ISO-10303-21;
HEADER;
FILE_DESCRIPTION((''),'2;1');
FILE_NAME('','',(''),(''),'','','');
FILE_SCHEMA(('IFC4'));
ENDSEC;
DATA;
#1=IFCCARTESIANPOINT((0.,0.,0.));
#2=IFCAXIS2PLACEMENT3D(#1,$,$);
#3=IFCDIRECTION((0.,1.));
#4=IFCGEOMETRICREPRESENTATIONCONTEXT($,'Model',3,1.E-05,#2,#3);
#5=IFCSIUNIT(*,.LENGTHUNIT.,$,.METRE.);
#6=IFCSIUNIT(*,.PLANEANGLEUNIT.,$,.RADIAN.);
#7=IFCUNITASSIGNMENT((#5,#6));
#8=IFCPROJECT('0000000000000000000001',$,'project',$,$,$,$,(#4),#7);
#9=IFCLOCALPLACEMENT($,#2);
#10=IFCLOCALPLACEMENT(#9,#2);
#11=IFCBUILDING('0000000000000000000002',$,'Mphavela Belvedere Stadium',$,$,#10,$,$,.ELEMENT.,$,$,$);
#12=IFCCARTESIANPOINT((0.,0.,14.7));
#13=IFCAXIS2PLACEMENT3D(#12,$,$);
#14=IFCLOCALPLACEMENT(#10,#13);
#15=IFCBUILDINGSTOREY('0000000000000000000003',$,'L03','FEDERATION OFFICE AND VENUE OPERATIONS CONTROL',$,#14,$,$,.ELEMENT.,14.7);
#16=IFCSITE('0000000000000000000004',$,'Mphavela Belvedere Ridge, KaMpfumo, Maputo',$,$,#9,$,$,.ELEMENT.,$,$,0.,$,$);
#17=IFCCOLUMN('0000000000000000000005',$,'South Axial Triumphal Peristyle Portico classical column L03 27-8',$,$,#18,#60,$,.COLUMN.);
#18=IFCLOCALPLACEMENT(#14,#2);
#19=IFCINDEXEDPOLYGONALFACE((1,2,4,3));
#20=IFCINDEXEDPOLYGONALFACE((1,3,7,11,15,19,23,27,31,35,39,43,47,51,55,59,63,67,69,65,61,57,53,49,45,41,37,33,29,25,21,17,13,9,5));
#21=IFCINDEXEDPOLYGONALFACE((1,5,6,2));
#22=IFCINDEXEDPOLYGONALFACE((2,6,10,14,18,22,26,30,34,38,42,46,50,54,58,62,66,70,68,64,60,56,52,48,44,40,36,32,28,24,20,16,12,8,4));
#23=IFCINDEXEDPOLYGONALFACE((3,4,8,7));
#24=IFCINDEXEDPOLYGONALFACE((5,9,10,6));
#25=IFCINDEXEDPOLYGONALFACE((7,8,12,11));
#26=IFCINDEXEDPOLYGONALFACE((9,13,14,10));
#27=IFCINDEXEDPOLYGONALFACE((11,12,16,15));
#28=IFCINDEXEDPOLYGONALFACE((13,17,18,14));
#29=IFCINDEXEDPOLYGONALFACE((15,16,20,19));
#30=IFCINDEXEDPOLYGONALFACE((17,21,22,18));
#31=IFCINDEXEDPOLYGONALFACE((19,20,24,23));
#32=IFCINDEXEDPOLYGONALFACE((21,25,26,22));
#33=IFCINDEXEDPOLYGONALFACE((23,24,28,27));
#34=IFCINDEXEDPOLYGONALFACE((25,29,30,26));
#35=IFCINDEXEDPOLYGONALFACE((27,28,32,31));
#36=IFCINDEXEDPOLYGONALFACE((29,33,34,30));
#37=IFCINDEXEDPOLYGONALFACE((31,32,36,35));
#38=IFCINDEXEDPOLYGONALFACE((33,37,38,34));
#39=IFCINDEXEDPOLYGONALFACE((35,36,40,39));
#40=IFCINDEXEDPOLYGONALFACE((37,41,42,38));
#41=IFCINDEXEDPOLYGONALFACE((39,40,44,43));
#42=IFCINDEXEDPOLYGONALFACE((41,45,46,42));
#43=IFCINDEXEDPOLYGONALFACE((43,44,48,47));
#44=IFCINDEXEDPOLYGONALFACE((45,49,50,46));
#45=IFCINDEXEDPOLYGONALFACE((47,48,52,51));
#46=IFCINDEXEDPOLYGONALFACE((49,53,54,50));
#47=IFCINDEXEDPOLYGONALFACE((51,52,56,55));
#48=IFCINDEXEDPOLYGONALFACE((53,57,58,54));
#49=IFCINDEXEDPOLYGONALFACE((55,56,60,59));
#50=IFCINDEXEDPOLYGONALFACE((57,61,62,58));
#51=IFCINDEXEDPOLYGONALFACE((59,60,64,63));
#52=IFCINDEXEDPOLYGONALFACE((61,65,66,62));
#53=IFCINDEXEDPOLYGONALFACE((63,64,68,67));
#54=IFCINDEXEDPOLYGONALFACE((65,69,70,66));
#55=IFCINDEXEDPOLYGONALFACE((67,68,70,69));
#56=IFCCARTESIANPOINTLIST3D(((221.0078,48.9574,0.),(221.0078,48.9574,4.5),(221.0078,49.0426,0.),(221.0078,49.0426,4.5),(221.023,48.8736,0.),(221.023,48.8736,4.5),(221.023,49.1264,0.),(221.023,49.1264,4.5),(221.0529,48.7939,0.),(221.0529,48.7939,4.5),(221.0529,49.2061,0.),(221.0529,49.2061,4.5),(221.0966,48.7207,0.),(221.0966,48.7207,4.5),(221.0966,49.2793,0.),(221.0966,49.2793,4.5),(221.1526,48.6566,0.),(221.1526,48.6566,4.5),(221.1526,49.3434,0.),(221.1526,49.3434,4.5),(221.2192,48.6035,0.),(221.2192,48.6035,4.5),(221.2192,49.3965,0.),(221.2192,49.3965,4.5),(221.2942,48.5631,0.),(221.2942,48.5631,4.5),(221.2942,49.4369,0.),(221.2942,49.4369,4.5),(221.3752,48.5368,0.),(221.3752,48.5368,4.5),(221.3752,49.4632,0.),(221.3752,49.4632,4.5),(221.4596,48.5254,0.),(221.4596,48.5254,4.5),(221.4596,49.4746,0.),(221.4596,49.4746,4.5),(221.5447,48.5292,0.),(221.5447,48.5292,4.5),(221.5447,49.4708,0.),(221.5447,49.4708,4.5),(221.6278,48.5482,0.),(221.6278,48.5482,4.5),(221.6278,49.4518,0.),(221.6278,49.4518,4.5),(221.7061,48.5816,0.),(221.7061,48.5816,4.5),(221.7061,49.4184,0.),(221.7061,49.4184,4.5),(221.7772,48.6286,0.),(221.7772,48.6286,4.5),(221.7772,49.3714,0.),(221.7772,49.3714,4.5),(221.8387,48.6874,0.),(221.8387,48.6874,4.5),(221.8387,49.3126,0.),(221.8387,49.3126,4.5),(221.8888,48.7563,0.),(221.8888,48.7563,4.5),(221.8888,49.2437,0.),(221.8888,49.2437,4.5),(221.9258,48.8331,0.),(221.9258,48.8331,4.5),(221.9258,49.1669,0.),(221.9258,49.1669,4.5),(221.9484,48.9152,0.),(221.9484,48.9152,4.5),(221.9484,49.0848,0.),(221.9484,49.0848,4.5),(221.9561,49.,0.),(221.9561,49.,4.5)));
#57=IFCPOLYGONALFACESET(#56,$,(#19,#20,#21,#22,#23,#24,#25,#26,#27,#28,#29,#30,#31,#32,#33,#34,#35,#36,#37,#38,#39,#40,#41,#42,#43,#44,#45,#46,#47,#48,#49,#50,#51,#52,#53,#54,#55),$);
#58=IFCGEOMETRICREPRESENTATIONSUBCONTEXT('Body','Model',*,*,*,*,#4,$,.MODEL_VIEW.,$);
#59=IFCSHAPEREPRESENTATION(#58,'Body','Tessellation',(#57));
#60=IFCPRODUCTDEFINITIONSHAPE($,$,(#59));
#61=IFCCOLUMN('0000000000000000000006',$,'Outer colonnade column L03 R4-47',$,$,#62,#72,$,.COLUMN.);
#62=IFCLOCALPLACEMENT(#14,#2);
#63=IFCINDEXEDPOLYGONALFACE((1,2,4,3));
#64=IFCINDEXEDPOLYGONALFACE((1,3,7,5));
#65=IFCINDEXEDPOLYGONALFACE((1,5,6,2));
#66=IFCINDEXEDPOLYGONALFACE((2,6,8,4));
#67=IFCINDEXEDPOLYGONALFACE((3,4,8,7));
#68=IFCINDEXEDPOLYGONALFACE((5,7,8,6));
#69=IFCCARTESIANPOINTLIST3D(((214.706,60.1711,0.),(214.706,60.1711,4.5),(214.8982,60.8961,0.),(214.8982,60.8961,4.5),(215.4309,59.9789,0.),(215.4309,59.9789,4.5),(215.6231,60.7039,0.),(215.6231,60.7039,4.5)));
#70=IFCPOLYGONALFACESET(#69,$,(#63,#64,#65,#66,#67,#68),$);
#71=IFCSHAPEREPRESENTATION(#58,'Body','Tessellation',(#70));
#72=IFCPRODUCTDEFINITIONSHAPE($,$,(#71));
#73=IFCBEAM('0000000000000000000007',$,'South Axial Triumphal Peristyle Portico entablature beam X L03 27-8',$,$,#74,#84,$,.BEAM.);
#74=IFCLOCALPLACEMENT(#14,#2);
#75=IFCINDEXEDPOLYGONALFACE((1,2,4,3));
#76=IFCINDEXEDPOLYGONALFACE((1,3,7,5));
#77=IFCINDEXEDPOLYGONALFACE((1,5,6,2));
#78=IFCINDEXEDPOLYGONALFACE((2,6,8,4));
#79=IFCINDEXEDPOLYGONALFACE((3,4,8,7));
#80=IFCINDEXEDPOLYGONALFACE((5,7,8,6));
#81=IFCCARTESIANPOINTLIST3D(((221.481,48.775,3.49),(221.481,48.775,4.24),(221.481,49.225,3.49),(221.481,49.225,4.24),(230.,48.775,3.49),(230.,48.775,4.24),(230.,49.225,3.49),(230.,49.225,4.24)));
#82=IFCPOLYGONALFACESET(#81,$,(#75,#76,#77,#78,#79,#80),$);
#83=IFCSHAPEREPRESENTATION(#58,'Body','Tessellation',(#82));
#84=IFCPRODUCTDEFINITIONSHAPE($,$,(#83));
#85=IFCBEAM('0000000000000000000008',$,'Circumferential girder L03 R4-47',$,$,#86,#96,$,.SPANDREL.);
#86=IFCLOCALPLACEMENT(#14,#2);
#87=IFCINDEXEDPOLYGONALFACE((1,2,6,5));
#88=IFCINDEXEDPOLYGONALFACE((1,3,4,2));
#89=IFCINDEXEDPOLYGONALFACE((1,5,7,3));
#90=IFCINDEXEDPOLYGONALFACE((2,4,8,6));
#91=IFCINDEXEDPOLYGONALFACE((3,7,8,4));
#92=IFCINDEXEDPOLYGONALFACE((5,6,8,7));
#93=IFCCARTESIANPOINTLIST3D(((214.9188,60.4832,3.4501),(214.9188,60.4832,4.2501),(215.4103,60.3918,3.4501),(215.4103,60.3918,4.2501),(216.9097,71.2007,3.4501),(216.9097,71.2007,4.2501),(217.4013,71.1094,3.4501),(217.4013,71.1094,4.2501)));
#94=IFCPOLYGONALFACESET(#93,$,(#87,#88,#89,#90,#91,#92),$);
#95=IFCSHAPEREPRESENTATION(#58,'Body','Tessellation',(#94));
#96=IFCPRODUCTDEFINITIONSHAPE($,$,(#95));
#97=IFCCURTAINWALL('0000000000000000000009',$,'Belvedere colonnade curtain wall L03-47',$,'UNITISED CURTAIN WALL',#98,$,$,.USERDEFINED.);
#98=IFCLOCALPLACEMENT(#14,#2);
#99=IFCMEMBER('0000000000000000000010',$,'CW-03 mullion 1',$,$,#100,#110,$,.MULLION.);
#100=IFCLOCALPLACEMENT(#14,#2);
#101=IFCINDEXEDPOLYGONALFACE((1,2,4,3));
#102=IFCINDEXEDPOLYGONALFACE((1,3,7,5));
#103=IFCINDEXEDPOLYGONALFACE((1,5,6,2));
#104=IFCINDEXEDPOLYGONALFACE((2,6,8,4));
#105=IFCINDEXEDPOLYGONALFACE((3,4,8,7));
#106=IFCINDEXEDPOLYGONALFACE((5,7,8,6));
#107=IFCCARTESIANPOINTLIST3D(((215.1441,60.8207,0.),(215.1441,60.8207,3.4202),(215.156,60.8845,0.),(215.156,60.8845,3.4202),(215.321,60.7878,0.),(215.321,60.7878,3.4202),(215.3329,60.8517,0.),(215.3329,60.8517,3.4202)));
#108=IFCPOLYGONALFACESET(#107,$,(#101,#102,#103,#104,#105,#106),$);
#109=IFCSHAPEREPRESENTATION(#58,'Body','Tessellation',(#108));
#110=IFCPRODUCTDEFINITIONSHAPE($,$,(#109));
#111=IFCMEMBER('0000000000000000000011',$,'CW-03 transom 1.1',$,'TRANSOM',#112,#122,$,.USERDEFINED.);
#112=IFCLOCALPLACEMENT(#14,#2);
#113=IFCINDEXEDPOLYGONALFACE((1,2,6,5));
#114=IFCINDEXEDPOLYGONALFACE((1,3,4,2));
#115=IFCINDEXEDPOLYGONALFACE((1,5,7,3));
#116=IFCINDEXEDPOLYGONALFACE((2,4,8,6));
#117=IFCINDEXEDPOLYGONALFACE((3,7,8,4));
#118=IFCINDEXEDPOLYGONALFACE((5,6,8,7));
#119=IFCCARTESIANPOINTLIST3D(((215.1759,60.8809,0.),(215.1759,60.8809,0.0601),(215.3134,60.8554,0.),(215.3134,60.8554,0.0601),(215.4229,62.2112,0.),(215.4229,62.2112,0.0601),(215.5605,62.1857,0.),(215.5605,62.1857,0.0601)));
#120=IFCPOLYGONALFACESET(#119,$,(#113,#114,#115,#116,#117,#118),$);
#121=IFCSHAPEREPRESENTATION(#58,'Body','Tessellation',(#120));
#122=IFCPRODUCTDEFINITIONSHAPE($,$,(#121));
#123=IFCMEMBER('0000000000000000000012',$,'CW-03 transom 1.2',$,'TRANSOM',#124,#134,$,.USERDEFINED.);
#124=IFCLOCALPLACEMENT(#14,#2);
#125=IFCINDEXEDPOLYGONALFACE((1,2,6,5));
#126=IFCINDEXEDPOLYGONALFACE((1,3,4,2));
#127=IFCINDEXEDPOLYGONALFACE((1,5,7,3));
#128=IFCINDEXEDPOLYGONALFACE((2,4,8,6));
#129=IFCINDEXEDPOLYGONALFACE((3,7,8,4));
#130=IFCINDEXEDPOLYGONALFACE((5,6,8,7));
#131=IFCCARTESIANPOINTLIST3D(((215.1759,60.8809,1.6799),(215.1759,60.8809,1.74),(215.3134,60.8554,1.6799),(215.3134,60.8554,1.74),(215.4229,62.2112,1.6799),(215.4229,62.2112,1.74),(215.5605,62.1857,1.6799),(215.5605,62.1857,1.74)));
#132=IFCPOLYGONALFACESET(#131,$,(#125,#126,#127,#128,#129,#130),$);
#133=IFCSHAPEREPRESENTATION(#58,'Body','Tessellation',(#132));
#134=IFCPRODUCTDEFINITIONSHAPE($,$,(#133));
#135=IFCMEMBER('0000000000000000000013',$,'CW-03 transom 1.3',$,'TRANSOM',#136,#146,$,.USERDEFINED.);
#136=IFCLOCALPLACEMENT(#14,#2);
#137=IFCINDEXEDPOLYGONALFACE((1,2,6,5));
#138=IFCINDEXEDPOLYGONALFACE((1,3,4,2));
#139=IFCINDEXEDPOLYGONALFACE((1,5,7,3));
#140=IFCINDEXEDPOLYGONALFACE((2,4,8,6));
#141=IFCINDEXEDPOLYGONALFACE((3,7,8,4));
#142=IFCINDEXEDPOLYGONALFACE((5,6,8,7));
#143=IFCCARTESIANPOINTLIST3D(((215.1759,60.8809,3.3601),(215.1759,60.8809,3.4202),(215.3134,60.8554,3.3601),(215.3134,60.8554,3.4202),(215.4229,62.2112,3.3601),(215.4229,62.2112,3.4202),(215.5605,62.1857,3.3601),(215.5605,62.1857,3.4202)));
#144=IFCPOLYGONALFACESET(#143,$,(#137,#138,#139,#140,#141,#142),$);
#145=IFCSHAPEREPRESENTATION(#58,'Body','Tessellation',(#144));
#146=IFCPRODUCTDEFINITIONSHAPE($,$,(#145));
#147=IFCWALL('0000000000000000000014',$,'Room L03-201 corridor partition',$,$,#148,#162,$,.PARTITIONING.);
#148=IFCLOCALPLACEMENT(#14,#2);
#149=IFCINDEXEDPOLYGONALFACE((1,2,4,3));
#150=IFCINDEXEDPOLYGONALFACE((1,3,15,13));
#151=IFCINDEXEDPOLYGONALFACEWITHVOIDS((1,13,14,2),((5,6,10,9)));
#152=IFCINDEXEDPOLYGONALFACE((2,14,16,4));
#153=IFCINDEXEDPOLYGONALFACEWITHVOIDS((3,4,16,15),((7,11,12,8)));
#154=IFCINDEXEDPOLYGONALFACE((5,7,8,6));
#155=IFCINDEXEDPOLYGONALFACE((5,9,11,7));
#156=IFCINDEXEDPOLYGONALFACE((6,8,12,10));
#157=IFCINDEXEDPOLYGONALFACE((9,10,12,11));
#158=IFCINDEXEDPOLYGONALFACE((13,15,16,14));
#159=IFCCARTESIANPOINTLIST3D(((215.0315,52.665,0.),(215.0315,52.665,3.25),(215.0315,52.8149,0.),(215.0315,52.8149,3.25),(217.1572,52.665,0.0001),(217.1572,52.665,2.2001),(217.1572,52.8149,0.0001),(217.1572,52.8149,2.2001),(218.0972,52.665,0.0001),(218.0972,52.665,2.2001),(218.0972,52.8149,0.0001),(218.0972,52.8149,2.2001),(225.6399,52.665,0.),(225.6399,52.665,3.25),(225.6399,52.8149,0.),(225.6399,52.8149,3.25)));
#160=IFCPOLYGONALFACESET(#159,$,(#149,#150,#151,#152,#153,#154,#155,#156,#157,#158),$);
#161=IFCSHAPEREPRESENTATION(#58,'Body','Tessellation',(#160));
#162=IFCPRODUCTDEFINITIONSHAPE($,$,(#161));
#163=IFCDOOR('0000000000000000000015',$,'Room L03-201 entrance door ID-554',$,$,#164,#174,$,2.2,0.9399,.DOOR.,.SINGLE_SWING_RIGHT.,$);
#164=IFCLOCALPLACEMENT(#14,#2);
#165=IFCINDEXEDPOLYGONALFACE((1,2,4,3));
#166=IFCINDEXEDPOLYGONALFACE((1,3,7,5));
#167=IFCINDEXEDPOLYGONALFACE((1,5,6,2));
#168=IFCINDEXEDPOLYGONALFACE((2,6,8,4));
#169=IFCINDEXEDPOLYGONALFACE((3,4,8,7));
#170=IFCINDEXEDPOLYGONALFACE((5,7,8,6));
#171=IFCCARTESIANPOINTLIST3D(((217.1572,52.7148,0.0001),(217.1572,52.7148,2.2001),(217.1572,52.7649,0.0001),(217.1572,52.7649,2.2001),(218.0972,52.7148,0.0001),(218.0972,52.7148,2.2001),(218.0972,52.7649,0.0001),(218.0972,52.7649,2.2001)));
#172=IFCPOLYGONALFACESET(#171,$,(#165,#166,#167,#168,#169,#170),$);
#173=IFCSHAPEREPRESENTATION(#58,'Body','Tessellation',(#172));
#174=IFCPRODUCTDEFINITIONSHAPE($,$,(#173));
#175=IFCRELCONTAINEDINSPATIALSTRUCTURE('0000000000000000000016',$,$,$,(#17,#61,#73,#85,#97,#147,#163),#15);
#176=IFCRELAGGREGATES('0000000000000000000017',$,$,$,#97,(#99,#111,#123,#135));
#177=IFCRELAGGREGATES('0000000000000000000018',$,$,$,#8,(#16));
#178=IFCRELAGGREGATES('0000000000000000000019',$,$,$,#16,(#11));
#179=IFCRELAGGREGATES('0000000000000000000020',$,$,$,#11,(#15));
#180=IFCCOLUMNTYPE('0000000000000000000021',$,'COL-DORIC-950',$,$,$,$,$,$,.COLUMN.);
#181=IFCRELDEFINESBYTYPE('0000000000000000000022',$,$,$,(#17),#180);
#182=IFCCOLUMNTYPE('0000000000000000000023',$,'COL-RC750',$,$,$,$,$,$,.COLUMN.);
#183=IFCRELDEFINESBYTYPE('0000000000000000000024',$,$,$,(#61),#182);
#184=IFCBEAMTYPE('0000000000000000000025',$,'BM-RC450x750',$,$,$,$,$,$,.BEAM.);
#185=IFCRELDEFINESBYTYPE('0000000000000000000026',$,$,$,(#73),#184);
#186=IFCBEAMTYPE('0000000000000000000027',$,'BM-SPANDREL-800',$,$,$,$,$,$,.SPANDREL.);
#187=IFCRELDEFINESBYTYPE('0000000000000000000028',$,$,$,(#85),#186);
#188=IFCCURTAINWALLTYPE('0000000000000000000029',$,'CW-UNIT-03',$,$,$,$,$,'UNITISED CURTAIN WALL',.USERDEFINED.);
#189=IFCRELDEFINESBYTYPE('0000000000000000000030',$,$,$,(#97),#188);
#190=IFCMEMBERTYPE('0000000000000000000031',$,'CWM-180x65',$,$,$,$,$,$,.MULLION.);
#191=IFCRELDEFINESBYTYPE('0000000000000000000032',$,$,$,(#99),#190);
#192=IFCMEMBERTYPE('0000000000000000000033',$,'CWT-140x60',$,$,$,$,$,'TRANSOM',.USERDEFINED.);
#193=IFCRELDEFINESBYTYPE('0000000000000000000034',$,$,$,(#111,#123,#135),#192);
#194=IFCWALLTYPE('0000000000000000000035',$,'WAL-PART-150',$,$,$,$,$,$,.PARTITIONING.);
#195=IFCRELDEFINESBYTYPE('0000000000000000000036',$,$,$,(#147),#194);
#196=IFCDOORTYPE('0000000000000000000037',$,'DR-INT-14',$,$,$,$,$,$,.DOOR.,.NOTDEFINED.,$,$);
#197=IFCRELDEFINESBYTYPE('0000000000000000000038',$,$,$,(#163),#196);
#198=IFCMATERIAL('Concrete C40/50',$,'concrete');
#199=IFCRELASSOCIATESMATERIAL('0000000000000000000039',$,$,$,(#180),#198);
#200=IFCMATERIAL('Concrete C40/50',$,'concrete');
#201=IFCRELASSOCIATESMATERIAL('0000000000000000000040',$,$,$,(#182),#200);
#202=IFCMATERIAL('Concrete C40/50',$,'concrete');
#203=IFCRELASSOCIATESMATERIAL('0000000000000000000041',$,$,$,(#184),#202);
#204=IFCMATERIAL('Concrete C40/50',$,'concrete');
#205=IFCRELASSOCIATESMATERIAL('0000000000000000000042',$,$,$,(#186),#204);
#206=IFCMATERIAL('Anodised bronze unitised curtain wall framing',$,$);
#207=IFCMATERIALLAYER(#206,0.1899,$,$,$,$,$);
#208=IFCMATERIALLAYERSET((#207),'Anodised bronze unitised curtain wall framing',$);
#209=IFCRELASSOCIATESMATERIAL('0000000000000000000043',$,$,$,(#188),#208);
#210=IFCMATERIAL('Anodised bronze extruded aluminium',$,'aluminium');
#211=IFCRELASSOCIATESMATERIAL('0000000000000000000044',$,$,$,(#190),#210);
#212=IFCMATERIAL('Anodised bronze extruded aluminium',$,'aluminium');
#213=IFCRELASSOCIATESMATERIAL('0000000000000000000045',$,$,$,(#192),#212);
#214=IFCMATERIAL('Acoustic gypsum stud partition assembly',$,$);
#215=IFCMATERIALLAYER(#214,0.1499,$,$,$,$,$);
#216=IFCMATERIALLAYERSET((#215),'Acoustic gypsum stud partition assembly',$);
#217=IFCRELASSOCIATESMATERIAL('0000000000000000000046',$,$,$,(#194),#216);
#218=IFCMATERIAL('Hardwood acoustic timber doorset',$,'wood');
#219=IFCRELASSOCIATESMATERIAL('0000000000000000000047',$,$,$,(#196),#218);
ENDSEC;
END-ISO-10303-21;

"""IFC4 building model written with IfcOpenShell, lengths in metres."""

from ifc_helpers import new_model, si_unit, direction, frame, frame_2d, origin, origin_2d, place, context, subcontext, project, spatial, rectangle, circle, extrude, material, layer, layer_set, material_profile, profile_set, type_object, element, fill, aggregate, save


model = new_model("IFC4")

# Units and contexts
model_context = context("Model", 3, precision=1e-05, world=origin(), true_north=direction((0.0, 1.0)))
body_context = subcontext(model_context, "Body", "Model", "MODEL_VIEW")
ifc_project = project(units=[si_unit("LENGTHUNIT", "METRE"), si_unit("PLANEANGLEUNIT", "RADIAN")], contexts=[model_context])

# Site, building, storey
site_placement = place(None, origin())
site = spatial("IfcSite", under=ifc_project, at=site_placement, Name="Mphavela Belvedere Ridge, KaMpfumo, Maputo", CompositionType="ELEMENT", RefElevation=0.0)
building_placement = place(site_placement, origin())
building = spatial("IfcBuilding", under=site, at=building_placement, Name="Mphavela Belvedere Stadium", CompositionType="ELEMENT")
storey_placement = place(building_placement, frame((0.0, 0.0, 14.7)))
storey = spatial("IfcBuildingStorey", under=building, at=storey_placement, Name="L03", Description="FEDERATION OFFICE AND VENUE OPERATIONS CONTROL", CompositionType="ELEMENT", Elevation=14.7)

# Columns
ifc_material_1 = material(Name="Concrete C40/50", Category="concrete")
ifc_material_profile_1 = material_profile(ifc_material_1, circle(Radius=0.4751, at=origin_2d()), Name="COL D950")
ifc_profile_set_1 = profile_set([ifc_material_profile_1], Name="Concrete C40/50")
column_type_1 = type_object("IfcColumnType", Name="COL-DORIC-950", PredefinedType="COLUMN", material=ifc_profile_set_1)
column_1_placement = place(storey_placement, frame((221.481, 49.0, 0.0), z_axis=(0.0, 0.0, 1.0), x_axis=(1.0, 0.0, 0.0)))
element("IfcColumn", 1, at=column_1_placement, inside=storey, type_object=column_type_1, Name="South Axial Triumphal Peristyle Portico classical column L03 27-8", PredefinedType="COLUMN", context=body_context, shape_type="SweptSolid", body=[
    extrude(circle(Radius=0.4751, at=origin_2d()), origin(), (0.0, 0.0, 1.0), 4.5),
])
ifc_material_2 = material(Name="Concrete C40/50", Category="concrete")
ifc_material_profile_2 = material_profile(ifc_material_2, rectangle(XDim=0.75, YDim=0.75, at=origin_2d()), Name="RC 750x750")
ifc_profile_set_2 = profile_set([ifc_material_profile_2], Name="Concrete C40/50")
column_type_2 = type_object("IfcColumnType", Name="COL-RC750", PredefinedType="COLUMN", material=ifc_profile_set_2)
column_2_placement = place(storey_placement, frame((215.1646, 60.4375, 0.0), z_axis=(0.0, 0.0, 1.0), x_axis=(0.9666, -0.256289, 0.0)))
element("IfcColumn", 2, at=column_2_placement, inside=storey, type_object=column_type_2, Name="Outer colonnade column L03 R4-47", PredefinedType="COLUMN", context=body_context, shape_type="SweptSolid", body=[
    extrude(rectangle(XDim=0.75, YDim=0.75, at=origin_2d()), origin(), (0.0, 0.0, 1.0), 4.5),
])

# Beams
ifc_material_3 = material(Name="Concrete C40/50", Category="concrete")
ifc_material_profile_3 = material_profile(ifc_material_3, rectangle(XDim=0.45, YDim=0.75, at=origin_2d()), Name="RC 450x750")
ifc_profile_set_3 = profile_set([ifc_material_profile_3], Name="Concrete C40/50")
beam_type_1 = type_object("IfcBeamType", Name="BM-RC450x750", PredefinedType="BEAM", material=ifc_profile_set_3)
beam_1_placement = place(storey_placement, frame((221.481, 49.0, 3.865), z_axis=(1.0, 0.0, 0.0), x_axis=(0.0, 1.0, 0.0)))
element("IfcBeam", 3, at=beam_1_placement, inside=storey, type_object=beam_type_1, Name="South Axial Triumphal Peristyle Portico entablature beam X L03 27-8", PredefinedType="BEAM", context=body_context, shape_type="SweptSolid", body=[
    extrude(rectangle(XDim=0.45, YDim=0.75, at=origin_2d()), origin(), (0.0, 0.0, 1.0), 8.519),
])
ifc_material_4 = material(Name="Concrete C40/50", Category="concrete")
ifc_material_profile_4 = material_profile(ifc_material_4, rectangle(XDim=0.5, YDim=0.8, at=origin_2d()), Name="RC 500x800")
ifc_profile_set_4 = profile_set([ifc_material_profile_4], Name="Concrete C40/50")
beam_type_2 = type_object("IfcBeamType", Name="BM-SPANDREL-800", PredefinedType="SPANDREL", material=ifc_profile_set_4)
beam_2_placement = place(storey_placement, frame((215.1646, 60.4375, 3.8501), z_axis=(0.182643, 0.983179, 0.0), x_axis=(-0.983179, 0.182643, 0.0)))
element("IfcBeam", 4, at=beam_2_placement, inside=storey, type_object=beam_type_2, Name="Circumferential girder L03 R4-47", PredefinedType="SPANDREL", context=body_context, shape_type="SweptSolid", body=[
    extrude(rectangle(XDim=0.5, YDim=0.8, at=origin_2d()), origin(), (0.0, 0.0, 1.0), 10.9009),
])

# Curtain wall, members
ifc_material_5 = material(Name="Anodised bronze unitised curtain wall framing")
ifc_layer_1 = layer(ifc_material_5, 0.1899)
ifc_layer_set_1 = layer_set([ifc_layer_1], Name="Anodised bronze unitised curtain wall framing")
curtain_wall_type = type_object("IfcCurtainWallType", Name="CW-UNIT-03", ElementType="UNITISED CURTAIN WALL", PredefinedType="USERDEFINED", material=ifc_layer_set_1)
curtain_wall_placement = place(storey_placement, origin())
curtain_wall = element("IfcCurtainWall", 5, at=curtain_wall_placement, inside=storey, type_object=curtain_wall_type, Name="Belvedere colonnade curtain wall L03-47", ObjectType="UNITISED CURTAIN WALL", PredefinedType="USERDEFINED")
ifc_material_6 = material(Name="Anodised bronze extruded aluminium", Category="aluminium")
ifc_material_profile_5 = material_profile(ifc_material_6, rectangle(XDim=0.1799, YDim=0.0649, at=origin_2d()), Name="CW-MUL 180x65")
ifc_profile_set_5 = profile_set([ifc_material_profile_5], Name="Anodised bronze extruded aluminium")
member_type_1 = type_object("IfcMemberType", Name="CWM-180x65", PredefinedType="MULLION", material=ifc_profile_set_5)
member_1_placement = place(storey_placement, frame((215.2385, 60.8362, 0.0), z_axis=(0.0, 0.0, 1.0), x_axis=(-0.983181, 0.182631, 0.0)))
member_1 = element("IfcMember", 6, at=member_1_placement, type_object=member_type_1, Name="CW-03 mullion 1", PredefinedType="MULLION", context=body_context, shape_type="SweptSolid", body=[
    extrude(rectangle(XDim=0.1799, YDim=0.0649, at=origin_2d()), origin(), (0.0, 0.0, 1.0), 3.4202),
])
ifc_material_7 = material(Name="Anodised bronze extruded aluminium", Category="aluminium")
ifc_material_profile_6 = material_profile(ifc_material_7, rectangle(XDim=0.1399, YDim=0.0601, at=origin_2d()), Name="CW-TRN 140x60")
ifc_profile_set_6 = profile_set([ifc_material_profile_6], Name="Anodised bronze extruded aluminium")
member_type_2 = type_object("IfcMemberType", Name="CWT-140x60", ElementType="TRANSOM", PredefinedType="USERDEFINED", material=ifc_profile_set_6)
member_2_placement = place(storey_placement, frame((215.2446, 60.8682, 0.03), z_axis=(0.1826, 0.983187, 0.0), x_axis=(-0.983187, 0.1826, 0.0)))
member_2 = element("IfcMember", 7, at=member_2_placement, type_object=member_type_2, Name="CW-03 transom 1.1", ObjectType="TRANSOM", PredefinedType="USERDEFINED", context=body_context, shape_type="SweptSolid", body=[
    extrude(rectangle(XDim=0.1399, YDim=0.0601, at=origin_2d()), origin(), (0.0, 0.0, 1.0), 1.353),
])
member_3_placement = place(storey_placement, frame((215.2446, 60.8682, 1.71), z_axis=(0.1826, 0.983187, 0.0), x_axis=(-0.983187, 0.1826, 0.0)))
member_3 = element("IfcMember", 8, at=member_3_placement, type_object=member_type_2, Name="CW-03 transom 1.2", ObjectType="TRANSOM", PredefinedType="USERDEFINED", context=body_context, shape_type="SweptSolid", body=[
    extrude(rectangle(XDim=0.1399, YDim=0.0601, at=origin_2d()), origin(), (0.0, 0.0, 1.0), 1.353),
])
member_4_placement = place(storey_placement, frame((215.2446, 60.8682, 3.3901), z_axis=(0.1826, 0.983187, 0.0), x_axis=(-0.983187, 0.1826, 0.0)))
member_4 = element("IfcMember", 9, at=member_4_placement, type_object=member_type_2, Name="CW-03 transom 1.3", ObjectType="TRANSOM", PredefinedType="USERDEFINED", context=body_context, shape_type="SweptSolid", body=[
    extrude(rectangle(XDim=0.1399, YDim=0.0601, at=origin_2d()), origin(), (0.0, 0.0, 1.0), 1.353),
])
aggregate(curtain_wall, [member_1, member_2, member_3, member_4])

# Wall, opening, door
ifc_material_8 = material(Name="Acoustic gypsum stud partition assembly")
ifc_layer_2 = layer(ifc_material_8, 0.1499)
ifc_layer_set_2 = layer_set([ifc_layer_2], Name="Acoustic gypsum stud partition assembly")
wall_type_1 = type_object("IfcWallType", Name="WAL-PART-150", PredefinedType="PARTITIONING", material=ifc_layer_set_2)
wall_1_placement = place(storey_placement, frame((215.0315, 52.74, 0.0), z_axis=(0.0, 0.0, 1.0), x_axis=(1.0, 0.0, 0.0)))
wall_1 = element("IfcWall", 10, at=wall_1_placement, inside=storey, type_object=wall_type_1, Name="Room L03-201 corridor partition", PredefinedType="PARTITIONING", context=body_context, shape_type="SweptSolid", body=[
    extrude(rectangle(XDim=10.6084, YDim=0.1499, at=frame_2d((5.3042, 0.0))), origin(), (0.0, 0.0, 1.0), 3.25),
])
opening_1_placement = place(wall_1_placement, frame((2.1257, 0.0, 0.0)))
opening_1 = element("IfcOpeningElement", 11, at=opening_1_placement, cuts=wall_1, PredefinedType="OPENING", context=body_context, shape_type="SweptSolid", body=[
    extrude(rectangle(XDim=0.9399, YDim=2.2, at=frame_2d((0.47, 1.1001))), frame((0.0, 0.085, 0.0), z_axis=(0.0, -1.0, 0.0), x_axis=(1.0, 0.0, 0.0)), (0.0, 0.0, 1.0), 0.1699),
])
ifc_material_9 = material(Name="Hardwood acoustic timber doorset", Category="wood")
door_type_1 = type_object("IfcDoorType", Name="DR-INT-14", OperationType="NOTDEFINED", PredefinedType="DOOR", material=ifc_material_9)
door_1_placement = place(opening_1_placement, origin())
door_1 = element("IfcDoor", 12, at=door_1_placement, inside=storey, type_object=door_type_1, Name="Room L03-201 entrance door ID-554", OperationType="SINGLE_SWING_RIGHT", OverallHeight=2.2, OverallWidth=0.9399, PredefinedType="DOOR", context=body_context, shape_type="SweptSolid", body=[
    extrude(rectangle(XDim=0.9399, YDim=2.2, at=frame_2d((0.47, 1.1001))), frame((0.0, 0.0249, 0.0), z_axis=(0.0, -1.0, 0.0), x_axis=(1.0, 0.0, 0.0)), (0.0, 0.0, 1.0), 0.05),
])
fill(opening_1, door_1)

save(model, "model.ifc")
